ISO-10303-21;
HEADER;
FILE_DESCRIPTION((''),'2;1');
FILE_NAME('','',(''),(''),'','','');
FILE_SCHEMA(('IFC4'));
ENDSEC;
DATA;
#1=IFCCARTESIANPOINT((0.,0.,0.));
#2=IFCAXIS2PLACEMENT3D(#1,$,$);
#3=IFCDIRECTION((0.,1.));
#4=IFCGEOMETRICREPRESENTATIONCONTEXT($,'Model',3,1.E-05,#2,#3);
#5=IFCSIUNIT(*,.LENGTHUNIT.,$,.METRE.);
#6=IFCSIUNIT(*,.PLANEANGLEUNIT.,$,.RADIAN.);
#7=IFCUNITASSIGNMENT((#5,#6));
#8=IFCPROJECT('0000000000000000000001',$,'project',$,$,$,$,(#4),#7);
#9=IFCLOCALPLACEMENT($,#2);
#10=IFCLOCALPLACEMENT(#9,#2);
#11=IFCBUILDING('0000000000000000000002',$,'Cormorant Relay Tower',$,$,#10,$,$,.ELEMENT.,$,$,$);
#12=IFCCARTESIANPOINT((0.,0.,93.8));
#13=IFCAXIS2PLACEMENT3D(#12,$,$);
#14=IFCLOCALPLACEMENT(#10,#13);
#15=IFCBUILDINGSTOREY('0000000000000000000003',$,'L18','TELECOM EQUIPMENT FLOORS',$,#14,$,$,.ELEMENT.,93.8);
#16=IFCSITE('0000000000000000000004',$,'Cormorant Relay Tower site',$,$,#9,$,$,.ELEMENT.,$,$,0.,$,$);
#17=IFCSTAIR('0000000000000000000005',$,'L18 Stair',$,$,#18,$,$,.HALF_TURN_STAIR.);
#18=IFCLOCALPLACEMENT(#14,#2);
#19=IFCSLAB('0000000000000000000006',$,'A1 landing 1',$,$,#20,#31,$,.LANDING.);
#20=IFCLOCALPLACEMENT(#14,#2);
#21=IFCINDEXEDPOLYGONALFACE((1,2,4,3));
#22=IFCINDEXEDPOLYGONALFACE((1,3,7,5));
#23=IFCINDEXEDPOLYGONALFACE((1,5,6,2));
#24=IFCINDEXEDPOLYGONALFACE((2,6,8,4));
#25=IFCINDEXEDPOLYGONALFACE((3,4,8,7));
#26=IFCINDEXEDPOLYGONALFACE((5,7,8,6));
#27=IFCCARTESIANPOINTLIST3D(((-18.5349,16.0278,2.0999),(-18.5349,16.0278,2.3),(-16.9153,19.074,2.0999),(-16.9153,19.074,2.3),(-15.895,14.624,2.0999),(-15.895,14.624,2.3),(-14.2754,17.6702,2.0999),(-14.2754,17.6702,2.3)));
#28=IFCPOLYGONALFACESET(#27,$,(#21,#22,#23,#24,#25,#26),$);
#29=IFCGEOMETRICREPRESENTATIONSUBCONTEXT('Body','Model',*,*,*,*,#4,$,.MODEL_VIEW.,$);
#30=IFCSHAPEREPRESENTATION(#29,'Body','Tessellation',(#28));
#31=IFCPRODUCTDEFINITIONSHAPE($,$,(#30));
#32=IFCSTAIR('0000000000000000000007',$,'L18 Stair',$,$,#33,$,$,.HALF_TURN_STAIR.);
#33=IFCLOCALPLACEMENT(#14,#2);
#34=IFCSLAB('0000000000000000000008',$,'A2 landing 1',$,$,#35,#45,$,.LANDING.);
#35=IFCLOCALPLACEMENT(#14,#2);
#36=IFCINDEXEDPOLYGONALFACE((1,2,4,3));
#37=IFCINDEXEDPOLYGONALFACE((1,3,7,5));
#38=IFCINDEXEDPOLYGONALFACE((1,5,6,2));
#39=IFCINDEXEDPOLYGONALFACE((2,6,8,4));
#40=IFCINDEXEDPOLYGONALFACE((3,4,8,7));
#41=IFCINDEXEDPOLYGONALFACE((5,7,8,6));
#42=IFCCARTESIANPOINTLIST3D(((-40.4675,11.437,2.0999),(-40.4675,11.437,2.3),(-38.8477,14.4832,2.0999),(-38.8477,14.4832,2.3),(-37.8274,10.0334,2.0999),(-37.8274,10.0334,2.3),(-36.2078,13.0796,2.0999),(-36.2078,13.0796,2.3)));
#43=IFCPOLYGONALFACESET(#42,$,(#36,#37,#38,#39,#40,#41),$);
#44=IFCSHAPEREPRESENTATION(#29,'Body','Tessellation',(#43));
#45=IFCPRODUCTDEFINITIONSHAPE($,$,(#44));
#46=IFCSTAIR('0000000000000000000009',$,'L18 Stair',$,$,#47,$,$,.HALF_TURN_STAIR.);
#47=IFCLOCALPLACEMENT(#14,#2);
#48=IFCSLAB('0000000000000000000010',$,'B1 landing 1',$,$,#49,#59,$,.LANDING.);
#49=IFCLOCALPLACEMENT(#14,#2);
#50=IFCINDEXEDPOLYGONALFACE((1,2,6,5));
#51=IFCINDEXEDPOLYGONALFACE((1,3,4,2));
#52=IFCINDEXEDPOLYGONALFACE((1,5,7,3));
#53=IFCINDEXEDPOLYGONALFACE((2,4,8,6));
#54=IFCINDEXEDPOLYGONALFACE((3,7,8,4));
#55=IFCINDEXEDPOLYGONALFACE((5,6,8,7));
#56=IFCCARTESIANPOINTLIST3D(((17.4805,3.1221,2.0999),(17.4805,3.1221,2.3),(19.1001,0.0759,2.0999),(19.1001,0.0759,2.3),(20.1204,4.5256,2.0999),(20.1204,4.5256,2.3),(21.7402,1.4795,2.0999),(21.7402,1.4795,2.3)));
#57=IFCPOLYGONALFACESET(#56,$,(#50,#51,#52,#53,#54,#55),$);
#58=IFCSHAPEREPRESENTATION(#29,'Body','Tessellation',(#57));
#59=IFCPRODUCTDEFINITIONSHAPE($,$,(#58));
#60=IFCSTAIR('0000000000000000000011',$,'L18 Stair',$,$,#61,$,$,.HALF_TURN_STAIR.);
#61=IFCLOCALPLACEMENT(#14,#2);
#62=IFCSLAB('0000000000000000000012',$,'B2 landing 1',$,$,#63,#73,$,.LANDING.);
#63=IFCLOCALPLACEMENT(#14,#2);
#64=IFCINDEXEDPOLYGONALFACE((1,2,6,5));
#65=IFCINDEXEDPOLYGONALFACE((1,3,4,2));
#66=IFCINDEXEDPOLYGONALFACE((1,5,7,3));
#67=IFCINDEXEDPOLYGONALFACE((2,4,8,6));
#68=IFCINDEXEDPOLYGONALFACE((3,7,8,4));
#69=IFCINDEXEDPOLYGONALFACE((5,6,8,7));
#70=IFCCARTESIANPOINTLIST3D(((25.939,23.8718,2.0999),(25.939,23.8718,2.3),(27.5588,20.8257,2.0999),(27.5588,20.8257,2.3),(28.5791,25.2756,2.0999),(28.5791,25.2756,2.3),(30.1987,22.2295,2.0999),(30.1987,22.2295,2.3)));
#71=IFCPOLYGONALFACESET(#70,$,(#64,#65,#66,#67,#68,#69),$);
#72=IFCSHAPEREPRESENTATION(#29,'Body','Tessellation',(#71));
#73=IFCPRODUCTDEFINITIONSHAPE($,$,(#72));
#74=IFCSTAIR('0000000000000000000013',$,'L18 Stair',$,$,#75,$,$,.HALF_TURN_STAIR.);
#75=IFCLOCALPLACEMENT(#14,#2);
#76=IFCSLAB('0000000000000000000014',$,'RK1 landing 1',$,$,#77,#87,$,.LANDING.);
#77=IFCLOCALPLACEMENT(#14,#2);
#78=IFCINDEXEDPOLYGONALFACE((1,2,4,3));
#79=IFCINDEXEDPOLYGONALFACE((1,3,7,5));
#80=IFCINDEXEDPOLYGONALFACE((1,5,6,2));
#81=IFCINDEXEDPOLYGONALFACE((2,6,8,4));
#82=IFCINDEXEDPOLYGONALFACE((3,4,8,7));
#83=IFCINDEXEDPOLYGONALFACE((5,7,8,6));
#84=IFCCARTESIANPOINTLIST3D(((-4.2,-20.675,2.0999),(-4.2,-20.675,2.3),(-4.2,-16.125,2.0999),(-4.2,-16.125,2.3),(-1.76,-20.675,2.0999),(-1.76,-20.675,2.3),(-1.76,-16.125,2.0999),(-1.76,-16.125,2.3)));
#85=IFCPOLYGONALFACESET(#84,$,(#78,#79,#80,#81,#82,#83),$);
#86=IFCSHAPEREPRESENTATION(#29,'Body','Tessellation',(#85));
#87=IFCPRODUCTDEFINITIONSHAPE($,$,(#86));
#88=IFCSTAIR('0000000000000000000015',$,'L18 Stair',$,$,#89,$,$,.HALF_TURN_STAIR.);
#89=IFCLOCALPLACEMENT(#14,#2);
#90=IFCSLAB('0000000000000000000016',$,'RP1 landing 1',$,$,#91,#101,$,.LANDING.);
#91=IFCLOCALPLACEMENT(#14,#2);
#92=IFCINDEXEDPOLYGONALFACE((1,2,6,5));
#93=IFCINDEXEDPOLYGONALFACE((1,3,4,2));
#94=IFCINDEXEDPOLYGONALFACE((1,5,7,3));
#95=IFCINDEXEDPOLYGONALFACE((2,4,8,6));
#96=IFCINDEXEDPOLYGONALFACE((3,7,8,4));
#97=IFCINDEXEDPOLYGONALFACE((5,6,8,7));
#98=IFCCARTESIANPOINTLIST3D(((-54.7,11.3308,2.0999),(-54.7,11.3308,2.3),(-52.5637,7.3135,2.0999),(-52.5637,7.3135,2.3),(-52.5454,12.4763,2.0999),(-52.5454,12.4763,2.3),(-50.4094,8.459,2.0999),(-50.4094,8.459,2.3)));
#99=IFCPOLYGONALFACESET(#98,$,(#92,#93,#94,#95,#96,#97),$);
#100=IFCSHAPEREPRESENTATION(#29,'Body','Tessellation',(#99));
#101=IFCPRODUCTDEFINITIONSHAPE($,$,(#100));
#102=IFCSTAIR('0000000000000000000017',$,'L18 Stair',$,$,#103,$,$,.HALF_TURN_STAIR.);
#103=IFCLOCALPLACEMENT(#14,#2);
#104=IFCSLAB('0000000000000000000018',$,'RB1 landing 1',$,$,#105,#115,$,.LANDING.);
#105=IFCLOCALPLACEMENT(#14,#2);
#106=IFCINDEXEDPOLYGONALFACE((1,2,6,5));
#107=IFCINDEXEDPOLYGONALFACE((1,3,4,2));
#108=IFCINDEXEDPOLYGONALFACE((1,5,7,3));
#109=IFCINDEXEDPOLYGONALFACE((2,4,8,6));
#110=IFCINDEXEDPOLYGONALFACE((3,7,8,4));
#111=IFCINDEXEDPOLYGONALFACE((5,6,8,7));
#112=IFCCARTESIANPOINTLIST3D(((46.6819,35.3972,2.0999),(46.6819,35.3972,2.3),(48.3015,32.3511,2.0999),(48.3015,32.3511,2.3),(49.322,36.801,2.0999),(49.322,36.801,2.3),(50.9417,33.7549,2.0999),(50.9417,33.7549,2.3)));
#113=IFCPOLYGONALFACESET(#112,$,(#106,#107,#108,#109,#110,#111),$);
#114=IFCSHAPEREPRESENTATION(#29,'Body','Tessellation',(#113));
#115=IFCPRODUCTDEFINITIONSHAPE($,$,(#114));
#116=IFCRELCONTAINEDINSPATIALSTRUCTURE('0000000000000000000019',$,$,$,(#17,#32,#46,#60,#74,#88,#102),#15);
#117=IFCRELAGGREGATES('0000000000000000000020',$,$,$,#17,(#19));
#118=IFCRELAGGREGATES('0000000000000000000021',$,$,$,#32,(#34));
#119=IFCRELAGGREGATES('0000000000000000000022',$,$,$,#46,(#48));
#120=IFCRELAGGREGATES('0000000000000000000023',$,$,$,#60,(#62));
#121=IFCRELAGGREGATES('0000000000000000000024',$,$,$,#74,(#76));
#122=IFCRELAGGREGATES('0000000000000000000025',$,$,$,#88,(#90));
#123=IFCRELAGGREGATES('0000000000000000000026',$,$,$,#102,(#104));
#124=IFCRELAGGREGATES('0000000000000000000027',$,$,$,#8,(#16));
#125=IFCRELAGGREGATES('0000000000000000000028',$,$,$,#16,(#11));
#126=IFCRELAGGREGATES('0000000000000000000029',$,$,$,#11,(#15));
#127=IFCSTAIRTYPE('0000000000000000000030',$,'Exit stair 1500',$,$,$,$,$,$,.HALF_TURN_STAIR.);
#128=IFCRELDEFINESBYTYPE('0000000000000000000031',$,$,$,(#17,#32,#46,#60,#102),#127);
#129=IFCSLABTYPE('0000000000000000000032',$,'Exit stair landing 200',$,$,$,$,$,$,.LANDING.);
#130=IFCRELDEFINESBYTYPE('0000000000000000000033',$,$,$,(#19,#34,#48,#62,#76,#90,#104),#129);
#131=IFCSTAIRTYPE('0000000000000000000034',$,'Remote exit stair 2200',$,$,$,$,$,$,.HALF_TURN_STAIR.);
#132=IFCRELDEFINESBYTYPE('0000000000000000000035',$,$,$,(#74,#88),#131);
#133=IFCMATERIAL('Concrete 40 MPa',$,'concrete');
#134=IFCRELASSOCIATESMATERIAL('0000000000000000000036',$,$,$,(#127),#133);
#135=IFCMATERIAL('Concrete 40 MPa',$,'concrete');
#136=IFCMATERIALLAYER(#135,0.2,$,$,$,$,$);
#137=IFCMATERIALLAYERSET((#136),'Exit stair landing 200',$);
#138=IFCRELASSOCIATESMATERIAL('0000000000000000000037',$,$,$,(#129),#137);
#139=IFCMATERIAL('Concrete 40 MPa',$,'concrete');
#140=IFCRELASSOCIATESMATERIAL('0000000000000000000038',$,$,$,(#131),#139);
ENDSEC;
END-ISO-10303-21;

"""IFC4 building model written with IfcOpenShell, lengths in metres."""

from ifc_helpers import new_model, si_unit, direction, frame, origin, place, context, subcontext, project, spatial, polyline, outline, extrude, material, layer, layer_set, type_object, element, aggregate, save


model = new_model("IFC4")

# Units and contexts
model_context = context("Model", 3, precision=1e-05, world=origin(), true_north=direction((0.0, 1.0)))
body_context = subcontext(model_context, "Body", "Model", "MODEL_VIEW")
ifc_project = project(units=[si_unit("LENGTHUNIT", "METRE"), si_unit("PLANEANGLEUNIT", "RADIAN")], contexts=[model_context])

# Site, building, storey
site_placement = place(None, origin())
site = spatial("IfcSite", under=ifc_project, at=site_placement, Name="Cormorant Relay Tower site", CompositionType="ELEMENT", RefElevation=0.0)
building_placement = place(site_placement, origin())
building = spatial("IfcBuilding", under=site, at=building_placement, Name="Cormorant Relay Tower", CompositionType="ELEMENT")
storey_placement = place(building_placement, frame((0.0, 0.0, 93.8)))
storey = spatial("IfcBuildingStorey", under=building, at=storey_placement, Name="L18", Description="TELECOM EQUIPMENT FLOORS", CompositionType="ELEMENT", Elevation=93.8)

# Stairs, slabs
ifc_material_1 = material(Name="Concrete 40 MPa", Category="concrete")
stair_type_1 = type_object("IfcStairType", Name="Exit stair 1500", PredefinedType="HALF_TURN_STAIR", material=ifc_material_1)
stair_1_placement = place(storey_placement, origin())
stair_1 = element("IfcStair", 1, at=stair_1_placement, inside=storey, type_object=stair_type_1, Name="L18 Stair", PredefinedType="HALF_TURN_STAIR")
ifc_material_2 = material(Name="Concrete 40 MPa", Category="concrete")
ifc_layer_1 = layer(ifc_material_2, 0.2)
ifc_layer_set_1 = layer_set([ifc_layer_1], Name="Exit stair landing 200")
slab_type_1 = type_object("IfcSlabType", Name="Exit stair landing 200", PredefinedType="LANDING", material=ifc_layer_set_1)
slab_1_placement = place(storey_placement, frame((0.0, 0.0, 2.0999)))
slab_1 = element("IfcSlab", 2, at=slab_1_placement, type_object=slab_type_1, Name="A1 landing 1", PredefinedType="LANDING", context=body_context, shape_type="SweptSolid", body=[
    extrude(outline(polyline([(-18.5349, 16.0278), (-15.895, 14.624), (-14.2754, 17.6702), (-16.9153, 19.074), (-18.5349, 16.0278)])), origin(), (0.0, 0.0, 1.0), 0.2002),
])
aggregate(stair_1, [slab_1])
stair_2_placement = place(storey_placement, origin())
stair_2 = element("IfcStair", 3, at=stair_2_placement, inside=storey, type_object=stair_type_1, Name="L18 Stair", PredefinedType="HALF_TURN_STAIR")
slab_2_placement = place(storey_placement, frame((0.0, 0.0, 2.0999)))
slab_2 = element("IfcSlab", 4, at=slab_2_placement, type_object=slab_type_1, Name="A2 landing 1", PredefinedType="LANDING", context=body_context, shape_type="SweptSolid", body=[
    extrude(outline(polyline([(-36.2078, 13.0796), (-38.8477, 14.4832), (-40.4675, 11.437), (-37.8274, 10.0334), (-36.2078, 13.0796)])), origin(), (0.0, 0.0, 1.0), 0.2002),
])
aggregate(stair_2, [slab_2])
stair_3_placement = place(storey_placement, origin())
stair_3 = element("IfcStair", 5, at=stair_3_placement, inside=storey, type_object=stair_type_1, Name="L18 Stair", PredefinedType="HALF_TURN_STAIR")
slab_3_placement = place(storey_placement, frame((0.0, 0.0, 2.0999)))
slab_3 = element("IfcSlab", 6, at=slab_3_placement, type_object=slab_type_1, Name="B1 landing 1", PredefinedType="LANDING", context=body_context, shape_type="SweptSolid", body=[
    extrude(outline(polyline([(20.1204, 4.5256), (17.4805, 3.1221), (19.1001, 0.0759), (21.7402, 1.4795), (20.1204, 4.5256)])), origin(), (0.0, 0.0, 1.0), 0.2002),
])
aggregate(stair_3, [slab_3])
stair_4_placement = place(storey_placement, origin())
stair_4 = element("IfcStair", 7, at=stair_4_placement, inside=storey, type_object=stair_type_1, Name="L18 Stair", PredefinedType="HALF_TURN_STAIR")
slab_4_placement = place(storey_placement, frame((0.0, 0.0, 2.0999)))
slab_4 = element("IfcSlab", 8, at=slab_4_placement, type_object=slab_type_1, Name="B2 landing 1", PredefinedType="LANDING", context=body_context, shape_type="SweptSolid", body=[
    extrude(outline(polyline([(27.5588, 20.8257), (30.1987, 22.2295), (28.5791, 25.2756), (25.939, 23.8718), (27.5588, 20.8257)])), origin(), (0.0, 0.0, 1.0), 0.2002),
])
aggregate(stair_4, [slab_4])
ifc_material_3 = material(Name="Concrete 40 MPa", Category="concrete")
stair_type_2 = type_object("IfcStairType", Name="Remote exit stair 2200", PredefinedType="HALF_TURN_STAIR", material=ifc_material_3)
stair_5_placement = place(storey_placement, origin())
stair_5 = element("IfcStair", 9, at=stair_5_placement, inside=storey, type_object=stair_type_2, Name="L18 Stair", PredefinedType="HALF_TURN_STAIR")
slab_5_placement = place(storey_placement, frame((0.0, 0.0, 2.0999)))
slab_5 = element("IfcSlab", 10, at=slab_5_placement, type_object=slab_type_1, Name="RK1 landing 1", PredefinedType="LANDING", context=body_context, shape_type="SweptSolid", body=[
    extrude(outline(polyline([(-1.76, -16.125), (-4.2, -16.125), (-4.2, -20.675), (-1.76, -20.675), (-1.76, -16.125)])), origin(), (0.0, 0.0, 1.0), 0.2002),
])
aggregate(stair_5, [slab_5])
stair_6_placement = place(storey_placement, origin())
stair_6 = element("IfcStair", 11, at=stair_6_placement, inside=storey, type_object=stair_type_2, Name="L18 Stair", PredefinedType="HALF_TURN_STAIR")
slab_6_placement = place(storey_placement, frame((0.0, 0.0, 2.0999)))
slab_6 = element("IfcSlab", 12, at=slab_6_placement, type_object=slab_type_1, Name="RP1 landing 1", PredefinedType="LANDING", context=body_context, shape_type="SweptSolid", body=[
    extrude(outline(polyline([(-52.5454, 12.4763), (-54.7, 11.3308), (-52.5637, 7.3135), (-50.4094, 8.459), (-52.5454, 12.4763)])), origin(), (0.0, 0.0, 1.0), 0.2002),
])
aggregate(stair_6, [slab_6])
stair_7_placement = place(storey_placement, origin())
stair_7 = element("IfcStair", 13, at=stair_7_placement, inside=storey, type_object=stair_type_1, Name="L18 Stair", PredefinedType="HALF_TURN_STAIR")
slab_7_placement = place(storey_placement, frame((0.0, 0.0, 2.0999)))
slab_7 = element("IfcSlab", 14, at=slab_7_placement, type_object=slab_type_1, Name="RB1 landing 1", PredefinedType="LANDING", context=body_context, shape_type="SweptSolid", body=[
    extrude(outline(polyline([(48.3015, 32.3511), (50.9417, 33.7549), (49.322, 36.801), (46.6819, 35.3972), (48.3015, 32.3511)])), origin(), (0.0, 0.0, 1.0), 0.2002),
])
aggregate(stair_7, [slab_7])

save(model, "model.ifc")
